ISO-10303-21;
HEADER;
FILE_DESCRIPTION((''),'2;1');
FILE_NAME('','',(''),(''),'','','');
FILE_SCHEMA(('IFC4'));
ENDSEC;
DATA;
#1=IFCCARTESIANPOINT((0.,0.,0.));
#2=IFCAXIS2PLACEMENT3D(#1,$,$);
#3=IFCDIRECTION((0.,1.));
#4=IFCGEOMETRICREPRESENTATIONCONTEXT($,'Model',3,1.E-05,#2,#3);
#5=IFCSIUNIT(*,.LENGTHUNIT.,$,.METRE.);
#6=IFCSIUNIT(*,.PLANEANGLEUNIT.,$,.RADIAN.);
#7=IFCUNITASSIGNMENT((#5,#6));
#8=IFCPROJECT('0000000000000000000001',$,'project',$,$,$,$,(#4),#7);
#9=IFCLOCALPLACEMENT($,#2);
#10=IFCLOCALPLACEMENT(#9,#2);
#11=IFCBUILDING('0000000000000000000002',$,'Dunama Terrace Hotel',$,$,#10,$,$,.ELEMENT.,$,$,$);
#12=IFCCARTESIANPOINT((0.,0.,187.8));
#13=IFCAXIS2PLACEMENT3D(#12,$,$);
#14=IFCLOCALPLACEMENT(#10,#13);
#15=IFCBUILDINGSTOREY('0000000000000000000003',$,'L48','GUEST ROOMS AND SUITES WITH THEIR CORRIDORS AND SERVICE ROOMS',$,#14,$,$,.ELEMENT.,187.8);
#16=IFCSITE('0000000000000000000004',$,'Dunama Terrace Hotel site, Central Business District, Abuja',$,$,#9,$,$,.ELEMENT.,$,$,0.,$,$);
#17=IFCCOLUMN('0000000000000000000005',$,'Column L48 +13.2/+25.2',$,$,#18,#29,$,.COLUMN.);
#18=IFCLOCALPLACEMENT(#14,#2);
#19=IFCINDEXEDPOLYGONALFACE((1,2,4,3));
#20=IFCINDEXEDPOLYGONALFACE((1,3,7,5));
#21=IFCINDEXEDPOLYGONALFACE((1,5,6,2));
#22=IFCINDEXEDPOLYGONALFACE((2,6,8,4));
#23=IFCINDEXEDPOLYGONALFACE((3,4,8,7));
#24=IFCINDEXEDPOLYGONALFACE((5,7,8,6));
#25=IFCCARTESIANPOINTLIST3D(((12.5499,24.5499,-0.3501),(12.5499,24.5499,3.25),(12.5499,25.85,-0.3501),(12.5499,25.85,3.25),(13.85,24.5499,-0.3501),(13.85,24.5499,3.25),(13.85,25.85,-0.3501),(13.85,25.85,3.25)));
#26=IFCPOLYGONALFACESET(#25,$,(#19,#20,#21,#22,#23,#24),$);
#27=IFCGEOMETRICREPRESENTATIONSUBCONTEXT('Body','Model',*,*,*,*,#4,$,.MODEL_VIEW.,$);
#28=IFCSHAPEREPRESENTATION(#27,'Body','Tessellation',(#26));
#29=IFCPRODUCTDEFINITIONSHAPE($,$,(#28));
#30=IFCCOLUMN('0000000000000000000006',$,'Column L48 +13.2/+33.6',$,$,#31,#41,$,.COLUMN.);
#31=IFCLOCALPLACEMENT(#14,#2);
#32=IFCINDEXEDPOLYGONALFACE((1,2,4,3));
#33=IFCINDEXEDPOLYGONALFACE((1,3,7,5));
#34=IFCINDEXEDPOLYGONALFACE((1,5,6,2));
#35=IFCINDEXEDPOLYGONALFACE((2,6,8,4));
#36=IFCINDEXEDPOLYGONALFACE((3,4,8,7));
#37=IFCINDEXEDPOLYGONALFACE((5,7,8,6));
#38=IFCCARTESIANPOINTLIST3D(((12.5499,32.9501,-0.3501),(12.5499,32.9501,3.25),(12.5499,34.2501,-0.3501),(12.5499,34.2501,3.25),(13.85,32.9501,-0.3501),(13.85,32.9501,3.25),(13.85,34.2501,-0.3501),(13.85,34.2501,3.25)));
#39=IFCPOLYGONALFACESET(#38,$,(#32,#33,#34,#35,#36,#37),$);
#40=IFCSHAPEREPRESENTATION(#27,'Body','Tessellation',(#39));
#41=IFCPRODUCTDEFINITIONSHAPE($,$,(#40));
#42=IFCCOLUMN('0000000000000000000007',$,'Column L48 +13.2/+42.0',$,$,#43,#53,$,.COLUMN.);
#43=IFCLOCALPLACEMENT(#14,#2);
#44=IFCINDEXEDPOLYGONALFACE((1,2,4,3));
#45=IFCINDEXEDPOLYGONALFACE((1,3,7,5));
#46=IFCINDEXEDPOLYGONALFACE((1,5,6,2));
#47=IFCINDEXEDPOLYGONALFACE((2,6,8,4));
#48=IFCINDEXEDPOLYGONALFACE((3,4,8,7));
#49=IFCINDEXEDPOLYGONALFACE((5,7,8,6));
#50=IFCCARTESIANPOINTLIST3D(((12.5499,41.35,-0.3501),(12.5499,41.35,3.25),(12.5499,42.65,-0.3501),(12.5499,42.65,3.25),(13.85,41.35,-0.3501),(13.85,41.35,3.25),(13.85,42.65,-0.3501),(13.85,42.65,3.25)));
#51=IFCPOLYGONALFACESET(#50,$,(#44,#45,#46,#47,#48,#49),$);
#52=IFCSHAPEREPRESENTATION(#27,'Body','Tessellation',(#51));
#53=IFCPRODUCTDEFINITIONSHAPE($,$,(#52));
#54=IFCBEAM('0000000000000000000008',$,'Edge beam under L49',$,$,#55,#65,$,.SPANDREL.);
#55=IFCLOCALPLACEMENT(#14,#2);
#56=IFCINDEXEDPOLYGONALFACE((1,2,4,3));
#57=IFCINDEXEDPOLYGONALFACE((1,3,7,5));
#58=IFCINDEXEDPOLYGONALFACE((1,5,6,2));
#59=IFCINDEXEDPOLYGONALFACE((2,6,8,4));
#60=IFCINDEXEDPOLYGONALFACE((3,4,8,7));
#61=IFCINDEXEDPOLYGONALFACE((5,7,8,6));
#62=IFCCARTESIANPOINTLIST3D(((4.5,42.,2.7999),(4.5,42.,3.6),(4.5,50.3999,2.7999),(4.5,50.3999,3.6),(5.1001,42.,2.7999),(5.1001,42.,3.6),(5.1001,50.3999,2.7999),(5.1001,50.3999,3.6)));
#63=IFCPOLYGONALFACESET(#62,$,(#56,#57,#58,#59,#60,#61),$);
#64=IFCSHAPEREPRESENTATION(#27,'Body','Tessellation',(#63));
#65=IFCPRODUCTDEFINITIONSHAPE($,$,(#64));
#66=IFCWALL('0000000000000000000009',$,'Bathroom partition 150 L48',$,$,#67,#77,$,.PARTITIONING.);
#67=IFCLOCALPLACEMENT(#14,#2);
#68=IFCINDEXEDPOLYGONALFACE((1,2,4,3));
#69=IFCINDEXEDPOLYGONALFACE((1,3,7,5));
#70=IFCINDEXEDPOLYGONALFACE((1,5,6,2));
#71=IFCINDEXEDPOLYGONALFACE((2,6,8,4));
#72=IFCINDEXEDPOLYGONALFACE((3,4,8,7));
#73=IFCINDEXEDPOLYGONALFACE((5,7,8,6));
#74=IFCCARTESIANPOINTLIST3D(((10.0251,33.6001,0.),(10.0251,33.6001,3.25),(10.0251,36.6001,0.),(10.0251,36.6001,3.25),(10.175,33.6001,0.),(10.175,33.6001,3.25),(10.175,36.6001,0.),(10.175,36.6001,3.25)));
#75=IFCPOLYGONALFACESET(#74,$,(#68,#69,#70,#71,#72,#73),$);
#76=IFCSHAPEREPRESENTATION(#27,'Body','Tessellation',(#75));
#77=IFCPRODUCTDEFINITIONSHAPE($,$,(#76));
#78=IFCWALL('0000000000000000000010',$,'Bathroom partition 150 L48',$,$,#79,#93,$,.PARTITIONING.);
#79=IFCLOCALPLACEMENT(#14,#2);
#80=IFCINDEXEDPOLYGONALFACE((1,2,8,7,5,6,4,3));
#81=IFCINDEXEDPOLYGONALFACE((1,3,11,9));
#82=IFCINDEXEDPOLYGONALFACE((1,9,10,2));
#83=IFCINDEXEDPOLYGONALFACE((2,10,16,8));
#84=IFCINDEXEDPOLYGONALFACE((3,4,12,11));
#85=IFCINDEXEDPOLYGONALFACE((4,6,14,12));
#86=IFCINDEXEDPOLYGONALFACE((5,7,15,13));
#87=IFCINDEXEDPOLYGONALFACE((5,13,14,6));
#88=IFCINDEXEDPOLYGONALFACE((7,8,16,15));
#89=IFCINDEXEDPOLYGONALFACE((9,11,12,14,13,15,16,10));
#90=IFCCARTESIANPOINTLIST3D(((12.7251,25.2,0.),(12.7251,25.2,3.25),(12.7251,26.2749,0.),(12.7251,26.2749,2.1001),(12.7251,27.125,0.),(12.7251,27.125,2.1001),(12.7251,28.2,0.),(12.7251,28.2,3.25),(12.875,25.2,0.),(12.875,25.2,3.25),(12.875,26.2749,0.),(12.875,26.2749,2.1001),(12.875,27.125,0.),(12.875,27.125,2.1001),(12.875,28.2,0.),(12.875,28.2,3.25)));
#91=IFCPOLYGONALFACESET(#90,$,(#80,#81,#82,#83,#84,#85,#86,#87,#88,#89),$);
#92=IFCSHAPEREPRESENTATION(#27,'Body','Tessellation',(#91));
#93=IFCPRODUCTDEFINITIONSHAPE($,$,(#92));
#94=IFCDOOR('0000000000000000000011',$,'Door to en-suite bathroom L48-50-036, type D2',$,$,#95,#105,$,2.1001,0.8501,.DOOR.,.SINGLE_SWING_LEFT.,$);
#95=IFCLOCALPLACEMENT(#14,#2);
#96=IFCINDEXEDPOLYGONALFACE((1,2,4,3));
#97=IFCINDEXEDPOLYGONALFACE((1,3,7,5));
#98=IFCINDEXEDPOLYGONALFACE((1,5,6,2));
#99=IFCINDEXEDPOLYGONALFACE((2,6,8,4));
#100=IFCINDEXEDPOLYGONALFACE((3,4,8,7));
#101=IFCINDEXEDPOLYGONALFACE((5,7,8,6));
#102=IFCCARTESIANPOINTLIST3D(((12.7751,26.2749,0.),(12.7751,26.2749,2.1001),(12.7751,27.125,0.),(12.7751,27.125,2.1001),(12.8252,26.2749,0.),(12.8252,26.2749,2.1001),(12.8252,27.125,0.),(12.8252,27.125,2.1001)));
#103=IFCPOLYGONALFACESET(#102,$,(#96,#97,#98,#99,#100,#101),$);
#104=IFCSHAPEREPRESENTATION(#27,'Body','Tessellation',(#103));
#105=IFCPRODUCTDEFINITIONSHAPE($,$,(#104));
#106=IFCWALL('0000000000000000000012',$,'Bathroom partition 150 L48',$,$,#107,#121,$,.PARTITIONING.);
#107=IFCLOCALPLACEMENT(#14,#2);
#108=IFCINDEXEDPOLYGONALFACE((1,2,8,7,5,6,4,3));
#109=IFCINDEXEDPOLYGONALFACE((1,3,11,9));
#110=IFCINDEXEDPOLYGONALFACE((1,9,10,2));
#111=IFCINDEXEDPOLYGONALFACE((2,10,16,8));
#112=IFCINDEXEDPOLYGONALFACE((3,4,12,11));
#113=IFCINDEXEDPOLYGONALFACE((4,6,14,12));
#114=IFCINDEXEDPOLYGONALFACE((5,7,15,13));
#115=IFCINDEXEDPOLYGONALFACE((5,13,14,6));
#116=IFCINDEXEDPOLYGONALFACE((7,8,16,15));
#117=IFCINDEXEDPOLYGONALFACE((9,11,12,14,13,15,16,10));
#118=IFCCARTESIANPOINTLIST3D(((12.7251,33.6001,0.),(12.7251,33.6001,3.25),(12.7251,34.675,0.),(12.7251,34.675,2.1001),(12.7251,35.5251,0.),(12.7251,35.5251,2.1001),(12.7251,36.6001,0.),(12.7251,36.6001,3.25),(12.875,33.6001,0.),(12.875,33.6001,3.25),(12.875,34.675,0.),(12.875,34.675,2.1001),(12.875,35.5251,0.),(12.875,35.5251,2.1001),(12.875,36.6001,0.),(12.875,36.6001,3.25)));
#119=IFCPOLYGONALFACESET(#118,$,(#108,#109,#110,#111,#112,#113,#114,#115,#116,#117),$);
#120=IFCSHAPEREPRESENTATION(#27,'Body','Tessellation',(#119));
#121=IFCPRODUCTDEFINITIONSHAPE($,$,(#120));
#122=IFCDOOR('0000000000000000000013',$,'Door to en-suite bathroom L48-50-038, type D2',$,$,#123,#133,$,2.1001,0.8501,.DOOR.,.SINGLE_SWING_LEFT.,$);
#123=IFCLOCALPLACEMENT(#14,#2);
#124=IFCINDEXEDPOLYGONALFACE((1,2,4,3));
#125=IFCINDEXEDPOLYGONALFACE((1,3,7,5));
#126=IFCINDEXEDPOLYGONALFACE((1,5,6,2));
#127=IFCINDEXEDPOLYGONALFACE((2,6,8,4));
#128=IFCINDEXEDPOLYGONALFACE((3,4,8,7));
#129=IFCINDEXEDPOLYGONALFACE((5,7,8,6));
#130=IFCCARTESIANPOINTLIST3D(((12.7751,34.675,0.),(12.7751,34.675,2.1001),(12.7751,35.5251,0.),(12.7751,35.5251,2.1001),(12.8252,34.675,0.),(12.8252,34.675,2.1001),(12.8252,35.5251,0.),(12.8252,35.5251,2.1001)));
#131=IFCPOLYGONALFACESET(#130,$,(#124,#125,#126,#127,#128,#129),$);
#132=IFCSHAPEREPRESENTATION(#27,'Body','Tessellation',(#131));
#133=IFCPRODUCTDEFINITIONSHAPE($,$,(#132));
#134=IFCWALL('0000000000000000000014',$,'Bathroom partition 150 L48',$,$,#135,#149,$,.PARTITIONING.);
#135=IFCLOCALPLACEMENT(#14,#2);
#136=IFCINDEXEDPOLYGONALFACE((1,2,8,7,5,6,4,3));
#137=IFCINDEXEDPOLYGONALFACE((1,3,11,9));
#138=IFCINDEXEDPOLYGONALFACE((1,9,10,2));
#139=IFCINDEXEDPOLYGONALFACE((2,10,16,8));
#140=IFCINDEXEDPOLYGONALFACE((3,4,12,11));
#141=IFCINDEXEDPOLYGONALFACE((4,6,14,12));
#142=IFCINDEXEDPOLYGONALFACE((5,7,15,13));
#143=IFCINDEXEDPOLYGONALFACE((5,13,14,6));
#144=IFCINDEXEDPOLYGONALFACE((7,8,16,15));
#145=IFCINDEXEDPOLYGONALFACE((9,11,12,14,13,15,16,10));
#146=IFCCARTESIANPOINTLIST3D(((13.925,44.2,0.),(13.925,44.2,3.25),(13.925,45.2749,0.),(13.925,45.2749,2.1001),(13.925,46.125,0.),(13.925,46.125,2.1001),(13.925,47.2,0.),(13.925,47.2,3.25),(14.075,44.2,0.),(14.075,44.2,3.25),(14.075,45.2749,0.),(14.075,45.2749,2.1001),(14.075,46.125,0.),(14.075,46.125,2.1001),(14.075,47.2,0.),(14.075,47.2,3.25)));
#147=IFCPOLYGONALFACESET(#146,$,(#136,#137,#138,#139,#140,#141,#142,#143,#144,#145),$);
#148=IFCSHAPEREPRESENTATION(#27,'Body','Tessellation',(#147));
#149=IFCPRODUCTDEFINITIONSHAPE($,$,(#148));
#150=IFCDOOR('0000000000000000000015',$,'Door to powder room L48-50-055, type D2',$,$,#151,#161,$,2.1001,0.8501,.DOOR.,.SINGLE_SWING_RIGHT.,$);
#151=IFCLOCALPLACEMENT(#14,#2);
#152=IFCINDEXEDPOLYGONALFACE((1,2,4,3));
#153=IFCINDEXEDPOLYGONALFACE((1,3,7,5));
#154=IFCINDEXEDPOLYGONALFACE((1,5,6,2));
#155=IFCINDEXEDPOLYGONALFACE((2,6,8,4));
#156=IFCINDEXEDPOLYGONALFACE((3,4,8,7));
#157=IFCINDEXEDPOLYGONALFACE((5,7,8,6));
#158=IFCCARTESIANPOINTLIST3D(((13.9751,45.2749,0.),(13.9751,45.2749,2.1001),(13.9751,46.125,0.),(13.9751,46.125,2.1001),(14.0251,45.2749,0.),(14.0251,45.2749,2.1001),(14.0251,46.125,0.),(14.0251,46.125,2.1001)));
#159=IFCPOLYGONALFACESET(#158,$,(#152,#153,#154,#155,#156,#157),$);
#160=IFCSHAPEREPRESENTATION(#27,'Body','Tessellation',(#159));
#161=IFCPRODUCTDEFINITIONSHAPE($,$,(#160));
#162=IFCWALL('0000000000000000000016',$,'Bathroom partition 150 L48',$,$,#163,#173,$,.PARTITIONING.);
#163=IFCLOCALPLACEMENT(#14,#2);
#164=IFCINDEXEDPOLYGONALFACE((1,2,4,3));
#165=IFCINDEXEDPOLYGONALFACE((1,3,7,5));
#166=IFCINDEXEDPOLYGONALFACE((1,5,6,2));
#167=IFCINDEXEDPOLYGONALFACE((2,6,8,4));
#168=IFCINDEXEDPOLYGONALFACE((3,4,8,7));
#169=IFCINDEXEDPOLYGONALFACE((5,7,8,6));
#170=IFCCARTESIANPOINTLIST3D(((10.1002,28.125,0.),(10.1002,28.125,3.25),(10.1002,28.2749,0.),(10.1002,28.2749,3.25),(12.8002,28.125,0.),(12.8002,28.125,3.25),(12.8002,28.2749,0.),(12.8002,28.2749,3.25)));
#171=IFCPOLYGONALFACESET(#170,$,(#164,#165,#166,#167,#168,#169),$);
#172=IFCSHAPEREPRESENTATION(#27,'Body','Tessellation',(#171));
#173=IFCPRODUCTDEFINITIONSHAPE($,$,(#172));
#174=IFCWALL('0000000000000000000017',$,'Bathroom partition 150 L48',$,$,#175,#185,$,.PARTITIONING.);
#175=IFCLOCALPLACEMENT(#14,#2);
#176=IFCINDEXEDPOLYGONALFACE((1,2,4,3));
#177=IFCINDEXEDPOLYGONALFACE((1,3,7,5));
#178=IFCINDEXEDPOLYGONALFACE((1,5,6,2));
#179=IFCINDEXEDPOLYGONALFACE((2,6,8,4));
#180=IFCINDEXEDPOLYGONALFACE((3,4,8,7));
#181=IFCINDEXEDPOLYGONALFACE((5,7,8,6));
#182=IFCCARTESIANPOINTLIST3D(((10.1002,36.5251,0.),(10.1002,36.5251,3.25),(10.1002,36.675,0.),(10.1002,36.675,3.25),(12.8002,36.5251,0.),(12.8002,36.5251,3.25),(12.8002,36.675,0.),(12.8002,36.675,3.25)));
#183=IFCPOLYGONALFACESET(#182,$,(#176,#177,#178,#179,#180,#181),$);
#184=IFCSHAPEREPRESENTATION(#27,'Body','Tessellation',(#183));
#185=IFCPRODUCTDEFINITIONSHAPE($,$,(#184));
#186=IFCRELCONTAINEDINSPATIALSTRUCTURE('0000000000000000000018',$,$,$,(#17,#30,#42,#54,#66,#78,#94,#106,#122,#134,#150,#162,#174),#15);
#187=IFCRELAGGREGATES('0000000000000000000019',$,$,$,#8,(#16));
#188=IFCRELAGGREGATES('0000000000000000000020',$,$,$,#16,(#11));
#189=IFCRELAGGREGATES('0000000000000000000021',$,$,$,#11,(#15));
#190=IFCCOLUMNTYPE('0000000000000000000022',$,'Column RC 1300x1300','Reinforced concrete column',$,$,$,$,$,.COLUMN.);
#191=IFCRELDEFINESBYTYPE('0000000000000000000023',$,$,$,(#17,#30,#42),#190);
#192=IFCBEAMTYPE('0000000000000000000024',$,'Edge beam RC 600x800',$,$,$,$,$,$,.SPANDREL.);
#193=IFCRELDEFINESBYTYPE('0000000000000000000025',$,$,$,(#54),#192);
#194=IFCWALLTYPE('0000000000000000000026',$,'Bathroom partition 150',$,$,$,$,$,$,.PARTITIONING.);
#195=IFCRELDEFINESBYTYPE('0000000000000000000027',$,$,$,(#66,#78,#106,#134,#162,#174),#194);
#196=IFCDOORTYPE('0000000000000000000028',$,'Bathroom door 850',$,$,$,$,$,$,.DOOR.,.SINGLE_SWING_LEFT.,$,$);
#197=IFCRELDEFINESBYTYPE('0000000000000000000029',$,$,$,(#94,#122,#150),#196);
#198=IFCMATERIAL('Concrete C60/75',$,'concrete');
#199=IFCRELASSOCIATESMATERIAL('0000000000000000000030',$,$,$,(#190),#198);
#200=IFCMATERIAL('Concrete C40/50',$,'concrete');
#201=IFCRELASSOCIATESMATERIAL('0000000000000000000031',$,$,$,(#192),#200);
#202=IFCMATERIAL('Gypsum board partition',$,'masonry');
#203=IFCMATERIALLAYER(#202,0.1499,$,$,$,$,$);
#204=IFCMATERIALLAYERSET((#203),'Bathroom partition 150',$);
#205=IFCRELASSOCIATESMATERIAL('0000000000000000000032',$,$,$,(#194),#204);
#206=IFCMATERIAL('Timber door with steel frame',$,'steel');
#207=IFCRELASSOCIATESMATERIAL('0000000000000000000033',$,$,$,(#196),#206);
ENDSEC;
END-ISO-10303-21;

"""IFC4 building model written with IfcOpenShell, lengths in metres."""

from ifc_helpers import new_model, si_unit, direction, frame, frame_2d, origin, origin_2d, place, context, subcontext, project, spatial, rectangle, extrude, material, layer, layer_set, material_profile, profile_set, type_object, element, fill, save


model = new_model("IFC4")

# Units and contexts
model_context = context("Model", 3, precision=1e-05, world=origin(), true_north=direction((0.0, 1.0)))
body_context = subcontext(model_context, "Body", "Model", "MODEL_VIEW")
ifc_project = project(units=[si_unit("LENGTHUNIT", "METRE"), si_unit("PLANEANGLEUNIT", "RADIAN")], contexts=[model_context])

# Site, building, storey
site_placement = place(None, origin())
site = spatial("IfcSite", under=ifc_project, at=site_placement, Name="Dunama Terrace Hotel site, Central Business District, Abuja", CompositionType="ELEMENT", RefElevation=0.0)
building_placement = place(site_placement, origin())
building = spatial("IfcBuilding", under=site, at=building_placement, Name="Dunama Terrace Hotel", CompositionType="ELEMENT")
storey_placement = place(building_placement, frame((0.0, 0.0, 187.8)))
storey = spatial("IfcBuildingStorey", under=building, at=storey_placement, Name="L48", Description="GUEST ROOMS AND SUITES WITH THEIR CORRIDORS AND SERVICE ROOMS", CompositionType="ELEMENT", Elevation=187.8)

# Columns
ifc_material_1 = material(Name="Concrete C60/75", Category="concrete")
ifc_material_profile_1 = material_profile(ifc_material_1, rectangle(XDim=1.3, YDim=1.3, at=origin_2d()), Name="RC 1300x1300")
ifc_profile_set_1 = profile_set([ifc_material_profile_1], Name="Concrete C60/75")
column_type = type_object("IfcColumnType", Name="Column RC 1300x1300", Description="Reinforced concrete column", PredefinedType="COLUMN", material=ifc_profile_set_1)
for number, where, z_axis, x_axis, name in (
    (1, (13.2, 25.2, -0.3501), (0.0, 0.0, 1.0), (1.0, 0.0, 0.0), "Column L48 +13.2/+25.2"),
    (2, (13.2, 33.6001, -0.3501), (0.0, 0.0, 1.0), (1.0, 0.0, 0.0), "Column L48 +13.2/+33.6"),
    (3, (13.2, 42.0, -0.3501), (0.0, 0.0, 1.0), (1.0, 0.0, 0.0), "Column L48 +13.2/+42.0"),
):
    element("IfcColumn", number, at=place(storey_placement, frame(where, z_axis=z_axis, x_axis=x_axis)), inside=storey, type_object=column_type, Name=name, PredefinedType="COLUMN", context=body_context, shape_type="SweptSolid", body=[
        extrude(rectangle(XDim=1.3, YDim=1.3, at=origin_2d()), origin(), (0.0, 0.0, 1.0), 3.6001),
    ])

# Beam
ifc_material_2 = material(Name="Concrete C40/50", Category="concrete")
ifc_material_profile_2 = material_profile(ifc_material_2, rectangle(XDim=0.6001, YDim=0.8, at=origin_2d()), Name="RC 600x800")
ifc_profile_set_2 = profile_set([ifc_material_profile_2], Name="Concrete C40/50")
beam_type = type_object("IfcBeamType", Name="Edge beam RC 600x800", PredefinedType="SPANDREL", material=ifc_profile_set_2)
beam_placement = place(storey_placement, frame((4.8, 42.0, 3.2), z_axis=(0.0, 1.0, 0.0), x_axis=(-1.0, 0.0, 0.0)))
element("IfcBeam", 4, at=beam_placement, inside=storey, type_object=beam_type, Name="Edge beam under L49", PredefinedType="SPANDREL", context=body_context, shape_type="SweptSolid", body=[
    extrude(rectangle(XDim=0.6001, YDim=0.8, at=origin_2d()), origin(), (0.0, 0.0, 1.0), 8.3999),
])

# Wall
ifc_material_3 = material(Name="Gypsum board partition", Category="masonry")
ifc_layer_1 = layer(ifc_material_3, 0.1499)
ifc_layer_set_1 = layer_set([ifc_layer_1], Name="Bathroom partition 150")
wall_type_1 = type_object("IfcWallType", Name="Bathroom partition 150", PredefinedType="PARTITIONING", material=ifc_layer_set_1)
wall_1_placement = place(storey_placement, frame((10.1001, 33.6001, 0.0), z_axis=(0.0, 0.0, 1.0), x_axis=(0.0, 1.0, 0.0)))
element("IfcWall", 5, at=wall_1_placement, inside=storey, type_object=wall_type_1, Name="Bathroom partition 150 L48", PredefinedType="PARTITIONING", context=body_context, shape_type="SweptSolid", body=[
    extrude(rectangle(XDim=3.0, YDim=0.1499, at=frame_2d((1.5, 0.0))), origin(), (0.0, 0.0, 1.0), 3.25),
])

# Walls, openings, doors
wall_2_placement = place(storey_placement, frame((12.8, 25.2, 0.0), z_axis=(0.0, 0.0, 1.0), x_axis=(0.0, 1.0, 0.0)))
wall_2 = element("IfcWall", 6, at=wall_2_placement, inside=storey, type_object=wall_type_1, Name="Bathroom partition 150 L48", PredefinedType="PARTITIONING", context=body_context, shape_type="SweptSolid", body=[
    extrude(rectangle(XDim=3.0, YDim=0.1499, at=frame_2d((1.5, 0.0))), origin(), (0.0, 0.0, 1.0), 3.25),
])
opening_1_placement = place(wall_2_placement, frame((1.075, 0.0, 0.0)))
opening_1 = element("IfcOpeningElement", 7, at=opening_1_placement, cuts=wall_2, PredefinedType="OPENING", context=body_context, shape_type="SweptSolid", body=[
    extrude(rectangle(XDim=0.8501, YDim=2.1001, at=frame_2d((0.425, 1.05))), frame((0.0, 0.085, 0.0), z_axis=(0.0, -1.0, 0.0), x_axis=(1.0, 0.0, 0.0)), (0.0, 0.0, 1.0), 0.1699),
])
ifc_material_4 = material(Name="Timber door with steel frame", Category="steel")
door_type = type_object("IfcDoorType", Name="Bathroom door 850", OperationType="SINGLE_SWING_LEFT", PredefinedType="DOOR", material=ifc_material_4)
door_1_placement = place(opening_1_placement, origin())
door_1 = element("IfcDoor", 8, at=door_1_placement, inside=storey, type_object=door_type, Name="Door to en-suite bathroom L48-50-036, type D2", OperationType="SINGLE_SWING_LEFT", OverallHeight=2.1001, OverallWidth=0.8501, PredefinedType="DOOR", context=body_context, shape_type="SweptSolid", body=[
    extrude(rectangle(XDim=0.8501, YDim=2.1001, at=frame_2d((0.425, 1.05))), frame((0.0, 0.0249, 0.0), z_axis=(0.0, -1.0, 0.0), x_axis=(1.0, 0.0, 0.0)), (0.0, 0.0, 1.0), 0.05),
])
fill(opening_1, door_1)
wall_3_placement = place(storey_placement, frame((12.8, 33.6001, 0.0), z_axis=(0.0, 0.0, 1.0), x_axis=(0.0, 1.0, 0.0)))
wall_3 = element("IfcWall", 9, at=wall_3_placement, inside=storey, type_object=wall_type_1, Name="Bathroom partition 150 L48", PredefinedType="PARTITIONING", context=body_context, shape_type="SweptSolid", body=[
    extrude(rectangle(XDim=3.0, YDim=0.1499, at=frame_2d((1.5, 0.0))), origin(), (0.0, 0.0, 1.0), 3.25),
])
opening_2_placement = place(wall_3_placement, frame((1.075, 0.0, 0.0)))
opening_2 = element("IfcOpeningElement", 10, at=opening_2_placement, cuts=wall_3, PredefinedType="OPENING", context=body_context, shape_type="SweptSolid", body=[
    extrude(rectangle(XDim=0.8501, YDim=2.1001, at=frame_2d((0.425, 1.05))), frame((0.0, 0.085, 0.0), z_axis=(0.0, -1.0, 0.0), x_axis=(1.0, 0.0, 0.0)), (0.0, 0.0, 1.0), 0.1699),
])
door_2_placement = place(opening_2_placement, origin())
door_2 = element("IfcDoor", 11, at=door_2_placement, inside=storey, type_object=door_type, Name="Door to en-suite bathroom L48-50-038, type D2", OperationType="SINGLE_SWING_LEFT", OverallHeight=2.1001, OverallWidth=0.8501, PredefinedType="DOOR", context=body_context, shape_type="SweptSolid", body=[
    extrude(rectangle(XDim=0.8501, YDim=2.1001, at=frame_2d((0.425, 1.05))), frame((0.0, 0.0249, 0.0), z_axis=(0.0, -1.0, 0.0), x_axis=(1.0, 0.0, 0.0)), (0.0, 0.0, 1.0), 0.05),
])
fill(opening_2, door_2)
wall_4_placement = place(storey_placement, frame((14.0, 44.2, 0.0), z_axis=(0.0, 0.0, 1.0), x_axis=(0.0, 1.0, 0.0)))
wall_4 = element("IfcWall", 12, at=wall_4_placement, inside=storey, type_object=wall_type_1, Name="Bathroom partition 150 L48", PredefinedType="PARTITIONING", context=body_context, shape_type="SweptSolid", body=[
    extrude(rectangle(XDim=3.0, YDim=0.1499, at=frame_2d((1.5, 0.0))), origin(), (0.0, 0.0, 1.0), 3.25),
])
opening_3_placement = place(wall_4_placement, frame((1.075, 0.0, 0.0)))
opening_3 = element("IfcOpeningElement", 13, at=opening_3_placement, cuts=wall_4, PredefinedType="OPENING", context=body_context, shape_type="SweptSolid", body=[
    extrude(rectangle(XDim=0.8501, YDim=2.1001, at=frame_2d((0.425, 1.05))), frame((0.0, 0.085, 0.0), z_axis=(0.0, -1.0, 0.0), x_axis=(1.0, 0.0, 0.0)), (0.0, 0.0, 1.0), 0.1699),
])
door_3_placement = place(opening_3_placement, frame((0.8501, 0.0, 0.0), z_axis=(0.0, 0.0, 1.0), x_axis=(-1.0, 0.0, 0.0)))
door_3 = element("IfcDoor", 14, at=door_3_placement, inside=storey, type_object=door_type, Name="Door to powder room L48-50-055, type D2", OperationType="SINGLE_SWING_RIGHT", OverallHeight=2.1001, OverallWidth=0.8501, PredefinedType="DOOR", context=body_context, shape_type="SweptSolid", body=[
    extrude(rectangle(XDim=0.8501, YDim=2.1001, at=frame_2d((0.425, 1.05))), frame((0.0, 0.0251, 0.0), z_axis=(0.0, -1.0, 0.0), x_axis=(1.0, 0.0, 0.0)), (0.0, 0.0, 1.0), 0.05),
])
fill(opening_3, door_3)

# Walls
for number, where, z_axis, x_axis, name in (
    (15, (10.1001, 28.2, 0.0), (0.0, 0.0, 1.0), (1.0, 0.0, 0.0), "Bathroom partition 150 L48"),
    (16, (10.1001, 36.6001, 0.0), (0.0, 0.0, 1.0), (1.0, 0.0, 0.0), "Bathroom partition 150 L48"),
):
    element("IfcWall", number, at=place(storey_placement, frame(where, z_axis=z_axis, x_axis=x_axis)), inside=storey, type_object=wall_type_1, Name=name, PredefinedType="PARTITIONING", context=body_context, shape_type="SweptSolid", body=[
        extrude(rectangle(XDim=2.7, YDim=0.1499, at=frame_2d((1.3501, 0.0))), origin(), (0.0, 0.0, 1.0), 3.25),
    ])

save(model, "model.ifc")
